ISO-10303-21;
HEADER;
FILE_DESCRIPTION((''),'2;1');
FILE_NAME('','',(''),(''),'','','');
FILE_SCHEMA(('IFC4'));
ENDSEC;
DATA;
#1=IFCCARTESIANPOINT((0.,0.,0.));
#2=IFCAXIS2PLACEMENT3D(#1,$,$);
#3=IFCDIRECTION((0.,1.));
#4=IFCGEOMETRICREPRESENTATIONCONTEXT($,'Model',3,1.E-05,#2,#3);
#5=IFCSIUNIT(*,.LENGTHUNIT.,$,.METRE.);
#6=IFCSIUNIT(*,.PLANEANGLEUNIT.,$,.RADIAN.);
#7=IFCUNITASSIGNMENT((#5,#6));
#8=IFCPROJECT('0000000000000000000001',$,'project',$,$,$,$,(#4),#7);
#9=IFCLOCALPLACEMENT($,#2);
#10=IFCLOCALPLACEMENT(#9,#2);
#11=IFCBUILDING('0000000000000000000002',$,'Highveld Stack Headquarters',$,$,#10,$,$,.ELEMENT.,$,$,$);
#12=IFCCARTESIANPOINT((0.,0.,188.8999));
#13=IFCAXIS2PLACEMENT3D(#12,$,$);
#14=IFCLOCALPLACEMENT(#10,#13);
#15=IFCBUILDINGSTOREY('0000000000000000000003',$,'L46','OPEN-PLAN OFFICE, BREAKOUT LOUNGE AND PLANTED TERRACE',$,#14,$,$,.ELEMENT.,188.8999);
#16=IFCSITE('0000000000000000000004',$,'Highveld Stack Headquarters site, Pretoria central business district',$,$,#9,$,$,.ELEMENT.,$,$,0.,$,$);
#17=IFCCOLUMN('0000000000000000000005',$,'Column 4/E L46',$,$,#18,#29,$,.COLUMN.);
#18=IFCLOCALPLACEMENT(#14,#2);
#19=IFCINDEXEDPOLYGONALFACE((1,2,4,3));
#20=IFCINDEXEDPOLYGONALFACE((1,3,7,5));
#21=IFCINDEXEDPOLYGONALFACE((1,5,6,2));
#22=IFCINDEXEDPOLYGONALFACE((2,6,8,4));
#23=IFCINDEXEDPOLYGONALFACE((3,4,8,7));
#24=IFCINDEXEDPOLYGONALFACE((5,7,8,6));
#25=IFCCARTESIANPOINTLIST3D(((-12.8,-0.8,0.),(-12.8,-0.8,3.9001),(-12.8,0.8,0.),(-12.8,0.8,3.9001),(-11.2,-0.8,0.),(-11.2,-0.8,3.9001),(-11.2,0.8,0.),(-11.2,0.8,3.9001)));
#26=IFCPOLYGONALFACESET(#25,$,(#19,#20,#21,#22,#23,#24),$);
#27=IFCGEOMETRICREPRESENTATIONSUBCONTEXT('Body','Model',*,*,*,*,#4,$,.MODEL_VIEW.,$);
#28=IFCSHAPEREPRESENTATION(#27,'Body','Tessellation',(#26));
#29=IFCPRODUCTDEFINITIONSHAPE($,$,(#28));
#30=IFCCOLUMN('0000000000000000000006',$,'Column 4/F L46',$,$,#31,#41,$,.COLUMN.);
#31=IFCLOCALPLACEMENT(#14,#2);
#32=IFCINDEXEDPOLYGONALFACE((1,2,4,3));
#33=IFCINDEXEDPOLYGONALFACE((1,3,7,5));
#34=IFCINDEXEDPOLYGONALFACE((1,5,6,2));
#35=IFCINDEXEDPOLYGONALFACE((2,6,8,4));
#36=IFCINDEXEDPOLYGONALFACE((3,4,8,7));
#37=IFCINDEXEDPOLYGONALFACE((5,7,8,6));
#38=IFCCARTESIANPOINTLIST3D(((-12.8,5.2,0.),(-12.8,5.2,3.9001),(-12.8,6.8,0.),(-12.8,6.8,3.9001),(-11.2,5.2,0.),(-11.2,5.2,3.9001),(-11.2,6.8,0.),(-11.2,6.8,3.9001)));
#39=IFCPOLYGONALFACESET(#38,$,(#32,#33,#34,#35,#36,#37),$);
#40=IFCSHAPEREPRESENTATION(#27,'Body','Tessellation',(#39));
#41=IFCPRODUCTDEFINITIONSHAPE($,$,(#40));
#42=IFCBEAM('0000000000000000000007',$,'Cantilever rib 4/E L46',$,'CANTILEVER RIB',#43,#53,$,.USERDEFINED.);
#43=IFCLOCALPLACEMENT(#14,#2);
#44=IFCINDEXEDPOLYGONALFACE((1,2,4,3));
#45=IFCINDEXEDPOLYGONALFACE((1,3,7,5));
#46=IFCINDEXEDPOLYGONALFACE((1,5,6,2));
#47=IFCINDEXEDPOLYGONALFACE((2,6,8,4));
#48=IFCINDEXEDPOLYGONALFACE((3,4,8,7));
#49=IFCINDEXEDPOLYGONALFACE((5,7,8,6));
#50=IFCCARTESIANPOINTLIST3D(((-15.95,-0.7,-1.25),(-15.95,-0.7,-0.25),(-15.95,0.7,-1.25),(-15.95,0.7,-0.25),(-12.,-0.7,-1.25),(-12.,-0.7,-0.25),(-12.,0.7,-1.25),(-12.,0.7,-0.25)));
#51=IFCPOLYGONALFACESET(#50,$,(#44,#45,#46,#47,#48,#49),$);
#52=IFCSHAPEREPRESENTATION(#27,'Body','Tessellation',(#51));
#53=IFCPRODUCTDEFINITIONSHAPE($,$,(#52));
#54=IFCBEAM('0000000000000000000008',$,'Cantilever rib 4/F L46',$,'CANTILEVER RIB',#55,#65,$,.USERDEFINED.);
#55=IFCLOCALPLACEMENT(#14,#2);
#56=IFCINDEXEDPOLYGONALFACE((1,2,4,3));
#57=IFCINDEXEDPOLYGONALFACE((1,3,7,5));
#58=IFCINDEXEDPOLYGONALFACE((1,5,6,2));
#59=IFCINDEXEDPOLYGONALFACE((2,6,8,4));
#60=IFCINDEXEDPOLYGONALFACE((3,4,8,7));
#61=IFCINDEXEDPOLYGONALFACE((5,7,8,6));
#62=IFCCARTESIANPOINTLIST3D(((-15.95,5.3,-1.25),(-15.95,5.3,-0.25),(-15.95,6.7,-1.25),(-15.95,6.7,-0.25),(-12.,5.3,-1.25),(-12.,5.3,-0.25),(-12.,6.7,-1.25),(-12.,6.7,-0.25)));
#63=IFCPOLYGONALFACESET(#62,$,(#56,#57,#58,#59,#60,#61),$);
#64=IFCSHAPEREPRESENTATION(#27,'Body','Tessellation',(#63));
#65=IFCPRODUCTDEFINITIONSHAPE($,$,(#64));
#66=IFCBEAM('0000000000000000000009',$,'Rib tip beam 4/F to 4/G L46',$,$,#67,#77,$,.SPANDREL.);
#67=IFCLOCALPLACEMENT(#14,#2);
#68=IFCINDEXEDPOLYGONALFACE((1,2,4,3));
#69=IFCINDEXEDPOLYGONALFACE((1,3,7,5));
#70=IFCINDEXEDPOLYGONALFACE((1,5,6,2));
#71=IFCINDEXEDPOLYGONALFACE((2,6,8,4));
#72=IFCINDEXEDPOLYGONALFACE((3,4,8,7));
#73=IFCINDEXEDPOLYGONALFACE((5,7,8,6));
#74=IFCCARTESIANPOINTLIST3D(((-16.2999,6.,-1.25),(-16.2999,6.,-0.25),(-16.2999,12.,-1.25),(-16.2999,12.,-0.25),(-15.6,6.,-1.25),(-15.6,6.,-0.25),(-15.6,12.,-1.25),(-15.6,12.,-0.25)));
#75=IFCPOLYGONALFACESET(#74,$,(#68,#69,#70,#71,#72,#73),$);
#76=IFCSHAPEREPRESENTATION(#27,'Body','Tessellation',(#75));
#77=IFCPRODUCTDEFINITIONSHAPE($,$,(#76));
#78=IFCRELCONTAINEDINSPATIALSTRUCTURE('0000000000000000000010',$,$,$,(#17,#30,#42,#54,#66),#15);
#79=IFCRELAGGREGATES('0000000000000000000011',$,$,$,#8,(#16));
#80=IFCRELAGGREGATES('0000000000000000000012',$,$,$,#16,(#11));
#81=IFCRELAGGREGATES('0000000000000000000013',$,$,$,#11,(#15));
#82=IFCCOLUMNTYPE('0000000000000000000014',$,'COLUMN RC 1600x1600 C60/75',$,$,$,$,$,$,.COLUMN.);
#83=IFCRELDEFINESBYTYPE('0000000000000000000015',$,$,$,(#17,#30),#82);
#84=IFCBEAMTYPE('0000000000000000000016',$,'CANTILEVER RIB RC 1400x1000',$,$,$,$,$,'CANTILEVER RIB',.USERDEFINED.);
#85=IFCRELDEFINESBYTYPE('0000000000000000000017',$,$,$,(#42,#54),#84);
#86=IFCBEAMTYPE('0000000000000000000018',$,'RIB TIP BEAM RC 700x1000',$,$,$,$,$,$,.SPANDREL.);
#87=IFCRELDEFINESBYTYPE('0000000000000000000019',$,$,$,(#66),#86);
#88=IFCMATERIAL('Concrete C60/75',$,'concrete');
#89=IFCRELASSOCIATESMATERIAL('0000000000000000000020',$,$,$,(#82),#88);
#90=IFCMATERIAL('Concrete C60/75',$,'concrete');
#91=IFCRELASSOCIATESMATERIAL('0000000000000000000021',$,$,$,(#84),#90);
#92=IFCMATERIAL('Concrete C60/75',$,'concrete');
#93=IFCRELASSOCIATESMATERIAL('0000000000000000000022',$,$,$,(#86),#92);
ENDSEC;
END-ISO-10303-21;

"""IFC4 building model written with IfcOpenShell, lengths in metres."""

from ifc_helpers import new_model, si_unit, direction, frame, origin, origin_2d, place, context, subcontext, project, spatial, rectangle, extrude, material, material_profile, profile_set, type_object, element, save


model = new_model("IFC4")

# Units and contexts
model_context = context("Model", 3, precision=1e-05, world=origin(), true_north=direction((0.0, 1.0)))
body_context = subcontext(model_context, "Body", "Model", "MODEL_VIEW")
ifc_project = project(units=[si_unit("LENGTHUNIT", "METRE"), si_unit("PLANEANGLEUNIT", "RADIAN")], contexts=[model_context])

# Site, building, storey
site_placement = place(None, origin())
site = spatial("IfcSite", under=ifc_project, at=site_placement, Name="Highveld Stack Headquarters site, Pretoria central business district", CompositionType="ELEMENT", RefElevation=0.0)
building_placement = place(site_placement, origin())
building = spatial("IfcBuilding", under=site, at=building_placement, Name="Highveld Stack Headquarters", CompositionType="ELEMENT")
storey_placement = place(building_placement, frame((0.0, 0.0, 188.8999)))
storey = spatial("IfcBuildingStorey", under=building, at=storey_placement, Name="L46", Description="OPEN-PLAN OFFICE, BREAKOUT LOUNGE AND PLANTED TERRACE", CompositionType="ELEMENT", Elevation=188.8999)

# Columns
ifc_material_1 = material(Name="Concrete C60/75", Category="concrete")
ifc_material_profile_1 = material_profile(ifc_material_1, rectangle(XDim=1.6001, YDim=1.6001, at=origin_2d()), Name="RC 1600x1600")
ifc_profile_set_1 = profile_set([ifc_material_profile_1], Name="Concrete C60/75")
column_type = type_object("IfcColumnType", Name="COLUMN RC 1600x1600 C60/75", PredefinedType="COLUMN", material=ifc_profile_set_1)
for number, where, z_axis, x_axis, name in (
    (1, (-12.0, 0.0, 0.0), (0.0, 0.0, 1.0), (1.0, 0.0, 0.0), "Column 4/E L46"),
    (2, (-12.0, 6.0, 0.0), (0.0, 0.0, 1.0), (1.0, 0.0, 0.0), "Column 4/F L46"),
):
    element("IfcColumn", number, at=place(storey_placement, frame(where, z_axis=z_axis, x_axis=x_axis)), inside=storey, type_object=column_type, Name=name, PredefinedType="COLUMN", context=body_context, shape_type="SweptSolid", body=[
        extrude(rectangle(XDim=1.6001, YDim=1.6001, at=origin_2d()), origin(), (0.0, 0.0, 1.0), 3.9001),
    ])

# Beams
ifc_material_2 = material(Name="Concrete C60/75", Category="concrete")
ifc_material_profile_2 = material_profile(ifc_material_2, rectangle(XDim=1.3999, YDim=1.0, at=origin_2d()), Name="RC 1400x1000")
ifc_profile_set_2 = profile_set([ifc_material_profile_2], Name="Concrete C60/75")
beam_type_1 = type_object("IfcBeamType", Name="CANTILEVER RIB RC 1400x1000", ElementType="CANTILEVER RIB", PredefinedType="USERDEFINED", material=ifc_profile_set_2)
for number, where, z_axis, x_axis, name in (
    (3, (-12.0, 0.0, -0.75), (-1.0, 0.0, 0.0), (0.0, -1.0, 0.0), "Cantilever rib 4/E L46"),
    (4, (-12.0, 6.0, -0.75), (-1.0, 0.0, 0.0), (0.0, -1.0, 0.0), "Cantilever rib 4/F L46"),
):
    element("IfcBeam", number, at=place(storey_placement, frame(where, z_axis=z_axis, x_axis=x_axis)), inside=storey, type_object=beam_type_1, Name=name, ObjectType="CANTILEVER RIB", PredefinedType="USERDEFINED", context=body_context, shape_type="SweptSolid", body=[
        extrude(rectangle(XDim=1.3999, YDim=1.0, at=origin_2d()), origin(), (0.0, 0.0, 1.0), 3.95),
    ])
ifc_material_3 = material(Name="Concrete C60/75", Category="concrete")
ifc_material_profile_3 = material_profile(ifc_material_3, rectangle(XDim=0.7, YDim=1.0, at=origin_2d()), Name="RC 700x1000")
ifc_profile_set_3 = profile_set([ifc_material_profile_3], Name="Concrete C60/75")
beam_type_2 = type_object("IfcBeamType", Name="RIB TIP BEAM RC 700x1000", PredefinedType="SPANDREL", material=ifc_profile_set_3)
beam_placement = place(storey_placement, frame((-15.95, 6.0, -0.75), z_axis=(0.0, 1.0, 0.0), x_axis=(-1.0, 0.0, 0.0)))
element("IfcBeam", 5, at=beam_placement, inside=storey, type_object=beam_type_2, Name="Rib tip beam 4/F to 4/G L46", PredefinedType="SPANDREL", context=body_context, shape_type="SweptSolid", body=[
    extrude(rectangle(XDim=0.7, YDim=1.0, at=origin_2d()), origin(), (0.0, 0.0, 1.0), 6.0),
])

save(model, "model.ifc")
